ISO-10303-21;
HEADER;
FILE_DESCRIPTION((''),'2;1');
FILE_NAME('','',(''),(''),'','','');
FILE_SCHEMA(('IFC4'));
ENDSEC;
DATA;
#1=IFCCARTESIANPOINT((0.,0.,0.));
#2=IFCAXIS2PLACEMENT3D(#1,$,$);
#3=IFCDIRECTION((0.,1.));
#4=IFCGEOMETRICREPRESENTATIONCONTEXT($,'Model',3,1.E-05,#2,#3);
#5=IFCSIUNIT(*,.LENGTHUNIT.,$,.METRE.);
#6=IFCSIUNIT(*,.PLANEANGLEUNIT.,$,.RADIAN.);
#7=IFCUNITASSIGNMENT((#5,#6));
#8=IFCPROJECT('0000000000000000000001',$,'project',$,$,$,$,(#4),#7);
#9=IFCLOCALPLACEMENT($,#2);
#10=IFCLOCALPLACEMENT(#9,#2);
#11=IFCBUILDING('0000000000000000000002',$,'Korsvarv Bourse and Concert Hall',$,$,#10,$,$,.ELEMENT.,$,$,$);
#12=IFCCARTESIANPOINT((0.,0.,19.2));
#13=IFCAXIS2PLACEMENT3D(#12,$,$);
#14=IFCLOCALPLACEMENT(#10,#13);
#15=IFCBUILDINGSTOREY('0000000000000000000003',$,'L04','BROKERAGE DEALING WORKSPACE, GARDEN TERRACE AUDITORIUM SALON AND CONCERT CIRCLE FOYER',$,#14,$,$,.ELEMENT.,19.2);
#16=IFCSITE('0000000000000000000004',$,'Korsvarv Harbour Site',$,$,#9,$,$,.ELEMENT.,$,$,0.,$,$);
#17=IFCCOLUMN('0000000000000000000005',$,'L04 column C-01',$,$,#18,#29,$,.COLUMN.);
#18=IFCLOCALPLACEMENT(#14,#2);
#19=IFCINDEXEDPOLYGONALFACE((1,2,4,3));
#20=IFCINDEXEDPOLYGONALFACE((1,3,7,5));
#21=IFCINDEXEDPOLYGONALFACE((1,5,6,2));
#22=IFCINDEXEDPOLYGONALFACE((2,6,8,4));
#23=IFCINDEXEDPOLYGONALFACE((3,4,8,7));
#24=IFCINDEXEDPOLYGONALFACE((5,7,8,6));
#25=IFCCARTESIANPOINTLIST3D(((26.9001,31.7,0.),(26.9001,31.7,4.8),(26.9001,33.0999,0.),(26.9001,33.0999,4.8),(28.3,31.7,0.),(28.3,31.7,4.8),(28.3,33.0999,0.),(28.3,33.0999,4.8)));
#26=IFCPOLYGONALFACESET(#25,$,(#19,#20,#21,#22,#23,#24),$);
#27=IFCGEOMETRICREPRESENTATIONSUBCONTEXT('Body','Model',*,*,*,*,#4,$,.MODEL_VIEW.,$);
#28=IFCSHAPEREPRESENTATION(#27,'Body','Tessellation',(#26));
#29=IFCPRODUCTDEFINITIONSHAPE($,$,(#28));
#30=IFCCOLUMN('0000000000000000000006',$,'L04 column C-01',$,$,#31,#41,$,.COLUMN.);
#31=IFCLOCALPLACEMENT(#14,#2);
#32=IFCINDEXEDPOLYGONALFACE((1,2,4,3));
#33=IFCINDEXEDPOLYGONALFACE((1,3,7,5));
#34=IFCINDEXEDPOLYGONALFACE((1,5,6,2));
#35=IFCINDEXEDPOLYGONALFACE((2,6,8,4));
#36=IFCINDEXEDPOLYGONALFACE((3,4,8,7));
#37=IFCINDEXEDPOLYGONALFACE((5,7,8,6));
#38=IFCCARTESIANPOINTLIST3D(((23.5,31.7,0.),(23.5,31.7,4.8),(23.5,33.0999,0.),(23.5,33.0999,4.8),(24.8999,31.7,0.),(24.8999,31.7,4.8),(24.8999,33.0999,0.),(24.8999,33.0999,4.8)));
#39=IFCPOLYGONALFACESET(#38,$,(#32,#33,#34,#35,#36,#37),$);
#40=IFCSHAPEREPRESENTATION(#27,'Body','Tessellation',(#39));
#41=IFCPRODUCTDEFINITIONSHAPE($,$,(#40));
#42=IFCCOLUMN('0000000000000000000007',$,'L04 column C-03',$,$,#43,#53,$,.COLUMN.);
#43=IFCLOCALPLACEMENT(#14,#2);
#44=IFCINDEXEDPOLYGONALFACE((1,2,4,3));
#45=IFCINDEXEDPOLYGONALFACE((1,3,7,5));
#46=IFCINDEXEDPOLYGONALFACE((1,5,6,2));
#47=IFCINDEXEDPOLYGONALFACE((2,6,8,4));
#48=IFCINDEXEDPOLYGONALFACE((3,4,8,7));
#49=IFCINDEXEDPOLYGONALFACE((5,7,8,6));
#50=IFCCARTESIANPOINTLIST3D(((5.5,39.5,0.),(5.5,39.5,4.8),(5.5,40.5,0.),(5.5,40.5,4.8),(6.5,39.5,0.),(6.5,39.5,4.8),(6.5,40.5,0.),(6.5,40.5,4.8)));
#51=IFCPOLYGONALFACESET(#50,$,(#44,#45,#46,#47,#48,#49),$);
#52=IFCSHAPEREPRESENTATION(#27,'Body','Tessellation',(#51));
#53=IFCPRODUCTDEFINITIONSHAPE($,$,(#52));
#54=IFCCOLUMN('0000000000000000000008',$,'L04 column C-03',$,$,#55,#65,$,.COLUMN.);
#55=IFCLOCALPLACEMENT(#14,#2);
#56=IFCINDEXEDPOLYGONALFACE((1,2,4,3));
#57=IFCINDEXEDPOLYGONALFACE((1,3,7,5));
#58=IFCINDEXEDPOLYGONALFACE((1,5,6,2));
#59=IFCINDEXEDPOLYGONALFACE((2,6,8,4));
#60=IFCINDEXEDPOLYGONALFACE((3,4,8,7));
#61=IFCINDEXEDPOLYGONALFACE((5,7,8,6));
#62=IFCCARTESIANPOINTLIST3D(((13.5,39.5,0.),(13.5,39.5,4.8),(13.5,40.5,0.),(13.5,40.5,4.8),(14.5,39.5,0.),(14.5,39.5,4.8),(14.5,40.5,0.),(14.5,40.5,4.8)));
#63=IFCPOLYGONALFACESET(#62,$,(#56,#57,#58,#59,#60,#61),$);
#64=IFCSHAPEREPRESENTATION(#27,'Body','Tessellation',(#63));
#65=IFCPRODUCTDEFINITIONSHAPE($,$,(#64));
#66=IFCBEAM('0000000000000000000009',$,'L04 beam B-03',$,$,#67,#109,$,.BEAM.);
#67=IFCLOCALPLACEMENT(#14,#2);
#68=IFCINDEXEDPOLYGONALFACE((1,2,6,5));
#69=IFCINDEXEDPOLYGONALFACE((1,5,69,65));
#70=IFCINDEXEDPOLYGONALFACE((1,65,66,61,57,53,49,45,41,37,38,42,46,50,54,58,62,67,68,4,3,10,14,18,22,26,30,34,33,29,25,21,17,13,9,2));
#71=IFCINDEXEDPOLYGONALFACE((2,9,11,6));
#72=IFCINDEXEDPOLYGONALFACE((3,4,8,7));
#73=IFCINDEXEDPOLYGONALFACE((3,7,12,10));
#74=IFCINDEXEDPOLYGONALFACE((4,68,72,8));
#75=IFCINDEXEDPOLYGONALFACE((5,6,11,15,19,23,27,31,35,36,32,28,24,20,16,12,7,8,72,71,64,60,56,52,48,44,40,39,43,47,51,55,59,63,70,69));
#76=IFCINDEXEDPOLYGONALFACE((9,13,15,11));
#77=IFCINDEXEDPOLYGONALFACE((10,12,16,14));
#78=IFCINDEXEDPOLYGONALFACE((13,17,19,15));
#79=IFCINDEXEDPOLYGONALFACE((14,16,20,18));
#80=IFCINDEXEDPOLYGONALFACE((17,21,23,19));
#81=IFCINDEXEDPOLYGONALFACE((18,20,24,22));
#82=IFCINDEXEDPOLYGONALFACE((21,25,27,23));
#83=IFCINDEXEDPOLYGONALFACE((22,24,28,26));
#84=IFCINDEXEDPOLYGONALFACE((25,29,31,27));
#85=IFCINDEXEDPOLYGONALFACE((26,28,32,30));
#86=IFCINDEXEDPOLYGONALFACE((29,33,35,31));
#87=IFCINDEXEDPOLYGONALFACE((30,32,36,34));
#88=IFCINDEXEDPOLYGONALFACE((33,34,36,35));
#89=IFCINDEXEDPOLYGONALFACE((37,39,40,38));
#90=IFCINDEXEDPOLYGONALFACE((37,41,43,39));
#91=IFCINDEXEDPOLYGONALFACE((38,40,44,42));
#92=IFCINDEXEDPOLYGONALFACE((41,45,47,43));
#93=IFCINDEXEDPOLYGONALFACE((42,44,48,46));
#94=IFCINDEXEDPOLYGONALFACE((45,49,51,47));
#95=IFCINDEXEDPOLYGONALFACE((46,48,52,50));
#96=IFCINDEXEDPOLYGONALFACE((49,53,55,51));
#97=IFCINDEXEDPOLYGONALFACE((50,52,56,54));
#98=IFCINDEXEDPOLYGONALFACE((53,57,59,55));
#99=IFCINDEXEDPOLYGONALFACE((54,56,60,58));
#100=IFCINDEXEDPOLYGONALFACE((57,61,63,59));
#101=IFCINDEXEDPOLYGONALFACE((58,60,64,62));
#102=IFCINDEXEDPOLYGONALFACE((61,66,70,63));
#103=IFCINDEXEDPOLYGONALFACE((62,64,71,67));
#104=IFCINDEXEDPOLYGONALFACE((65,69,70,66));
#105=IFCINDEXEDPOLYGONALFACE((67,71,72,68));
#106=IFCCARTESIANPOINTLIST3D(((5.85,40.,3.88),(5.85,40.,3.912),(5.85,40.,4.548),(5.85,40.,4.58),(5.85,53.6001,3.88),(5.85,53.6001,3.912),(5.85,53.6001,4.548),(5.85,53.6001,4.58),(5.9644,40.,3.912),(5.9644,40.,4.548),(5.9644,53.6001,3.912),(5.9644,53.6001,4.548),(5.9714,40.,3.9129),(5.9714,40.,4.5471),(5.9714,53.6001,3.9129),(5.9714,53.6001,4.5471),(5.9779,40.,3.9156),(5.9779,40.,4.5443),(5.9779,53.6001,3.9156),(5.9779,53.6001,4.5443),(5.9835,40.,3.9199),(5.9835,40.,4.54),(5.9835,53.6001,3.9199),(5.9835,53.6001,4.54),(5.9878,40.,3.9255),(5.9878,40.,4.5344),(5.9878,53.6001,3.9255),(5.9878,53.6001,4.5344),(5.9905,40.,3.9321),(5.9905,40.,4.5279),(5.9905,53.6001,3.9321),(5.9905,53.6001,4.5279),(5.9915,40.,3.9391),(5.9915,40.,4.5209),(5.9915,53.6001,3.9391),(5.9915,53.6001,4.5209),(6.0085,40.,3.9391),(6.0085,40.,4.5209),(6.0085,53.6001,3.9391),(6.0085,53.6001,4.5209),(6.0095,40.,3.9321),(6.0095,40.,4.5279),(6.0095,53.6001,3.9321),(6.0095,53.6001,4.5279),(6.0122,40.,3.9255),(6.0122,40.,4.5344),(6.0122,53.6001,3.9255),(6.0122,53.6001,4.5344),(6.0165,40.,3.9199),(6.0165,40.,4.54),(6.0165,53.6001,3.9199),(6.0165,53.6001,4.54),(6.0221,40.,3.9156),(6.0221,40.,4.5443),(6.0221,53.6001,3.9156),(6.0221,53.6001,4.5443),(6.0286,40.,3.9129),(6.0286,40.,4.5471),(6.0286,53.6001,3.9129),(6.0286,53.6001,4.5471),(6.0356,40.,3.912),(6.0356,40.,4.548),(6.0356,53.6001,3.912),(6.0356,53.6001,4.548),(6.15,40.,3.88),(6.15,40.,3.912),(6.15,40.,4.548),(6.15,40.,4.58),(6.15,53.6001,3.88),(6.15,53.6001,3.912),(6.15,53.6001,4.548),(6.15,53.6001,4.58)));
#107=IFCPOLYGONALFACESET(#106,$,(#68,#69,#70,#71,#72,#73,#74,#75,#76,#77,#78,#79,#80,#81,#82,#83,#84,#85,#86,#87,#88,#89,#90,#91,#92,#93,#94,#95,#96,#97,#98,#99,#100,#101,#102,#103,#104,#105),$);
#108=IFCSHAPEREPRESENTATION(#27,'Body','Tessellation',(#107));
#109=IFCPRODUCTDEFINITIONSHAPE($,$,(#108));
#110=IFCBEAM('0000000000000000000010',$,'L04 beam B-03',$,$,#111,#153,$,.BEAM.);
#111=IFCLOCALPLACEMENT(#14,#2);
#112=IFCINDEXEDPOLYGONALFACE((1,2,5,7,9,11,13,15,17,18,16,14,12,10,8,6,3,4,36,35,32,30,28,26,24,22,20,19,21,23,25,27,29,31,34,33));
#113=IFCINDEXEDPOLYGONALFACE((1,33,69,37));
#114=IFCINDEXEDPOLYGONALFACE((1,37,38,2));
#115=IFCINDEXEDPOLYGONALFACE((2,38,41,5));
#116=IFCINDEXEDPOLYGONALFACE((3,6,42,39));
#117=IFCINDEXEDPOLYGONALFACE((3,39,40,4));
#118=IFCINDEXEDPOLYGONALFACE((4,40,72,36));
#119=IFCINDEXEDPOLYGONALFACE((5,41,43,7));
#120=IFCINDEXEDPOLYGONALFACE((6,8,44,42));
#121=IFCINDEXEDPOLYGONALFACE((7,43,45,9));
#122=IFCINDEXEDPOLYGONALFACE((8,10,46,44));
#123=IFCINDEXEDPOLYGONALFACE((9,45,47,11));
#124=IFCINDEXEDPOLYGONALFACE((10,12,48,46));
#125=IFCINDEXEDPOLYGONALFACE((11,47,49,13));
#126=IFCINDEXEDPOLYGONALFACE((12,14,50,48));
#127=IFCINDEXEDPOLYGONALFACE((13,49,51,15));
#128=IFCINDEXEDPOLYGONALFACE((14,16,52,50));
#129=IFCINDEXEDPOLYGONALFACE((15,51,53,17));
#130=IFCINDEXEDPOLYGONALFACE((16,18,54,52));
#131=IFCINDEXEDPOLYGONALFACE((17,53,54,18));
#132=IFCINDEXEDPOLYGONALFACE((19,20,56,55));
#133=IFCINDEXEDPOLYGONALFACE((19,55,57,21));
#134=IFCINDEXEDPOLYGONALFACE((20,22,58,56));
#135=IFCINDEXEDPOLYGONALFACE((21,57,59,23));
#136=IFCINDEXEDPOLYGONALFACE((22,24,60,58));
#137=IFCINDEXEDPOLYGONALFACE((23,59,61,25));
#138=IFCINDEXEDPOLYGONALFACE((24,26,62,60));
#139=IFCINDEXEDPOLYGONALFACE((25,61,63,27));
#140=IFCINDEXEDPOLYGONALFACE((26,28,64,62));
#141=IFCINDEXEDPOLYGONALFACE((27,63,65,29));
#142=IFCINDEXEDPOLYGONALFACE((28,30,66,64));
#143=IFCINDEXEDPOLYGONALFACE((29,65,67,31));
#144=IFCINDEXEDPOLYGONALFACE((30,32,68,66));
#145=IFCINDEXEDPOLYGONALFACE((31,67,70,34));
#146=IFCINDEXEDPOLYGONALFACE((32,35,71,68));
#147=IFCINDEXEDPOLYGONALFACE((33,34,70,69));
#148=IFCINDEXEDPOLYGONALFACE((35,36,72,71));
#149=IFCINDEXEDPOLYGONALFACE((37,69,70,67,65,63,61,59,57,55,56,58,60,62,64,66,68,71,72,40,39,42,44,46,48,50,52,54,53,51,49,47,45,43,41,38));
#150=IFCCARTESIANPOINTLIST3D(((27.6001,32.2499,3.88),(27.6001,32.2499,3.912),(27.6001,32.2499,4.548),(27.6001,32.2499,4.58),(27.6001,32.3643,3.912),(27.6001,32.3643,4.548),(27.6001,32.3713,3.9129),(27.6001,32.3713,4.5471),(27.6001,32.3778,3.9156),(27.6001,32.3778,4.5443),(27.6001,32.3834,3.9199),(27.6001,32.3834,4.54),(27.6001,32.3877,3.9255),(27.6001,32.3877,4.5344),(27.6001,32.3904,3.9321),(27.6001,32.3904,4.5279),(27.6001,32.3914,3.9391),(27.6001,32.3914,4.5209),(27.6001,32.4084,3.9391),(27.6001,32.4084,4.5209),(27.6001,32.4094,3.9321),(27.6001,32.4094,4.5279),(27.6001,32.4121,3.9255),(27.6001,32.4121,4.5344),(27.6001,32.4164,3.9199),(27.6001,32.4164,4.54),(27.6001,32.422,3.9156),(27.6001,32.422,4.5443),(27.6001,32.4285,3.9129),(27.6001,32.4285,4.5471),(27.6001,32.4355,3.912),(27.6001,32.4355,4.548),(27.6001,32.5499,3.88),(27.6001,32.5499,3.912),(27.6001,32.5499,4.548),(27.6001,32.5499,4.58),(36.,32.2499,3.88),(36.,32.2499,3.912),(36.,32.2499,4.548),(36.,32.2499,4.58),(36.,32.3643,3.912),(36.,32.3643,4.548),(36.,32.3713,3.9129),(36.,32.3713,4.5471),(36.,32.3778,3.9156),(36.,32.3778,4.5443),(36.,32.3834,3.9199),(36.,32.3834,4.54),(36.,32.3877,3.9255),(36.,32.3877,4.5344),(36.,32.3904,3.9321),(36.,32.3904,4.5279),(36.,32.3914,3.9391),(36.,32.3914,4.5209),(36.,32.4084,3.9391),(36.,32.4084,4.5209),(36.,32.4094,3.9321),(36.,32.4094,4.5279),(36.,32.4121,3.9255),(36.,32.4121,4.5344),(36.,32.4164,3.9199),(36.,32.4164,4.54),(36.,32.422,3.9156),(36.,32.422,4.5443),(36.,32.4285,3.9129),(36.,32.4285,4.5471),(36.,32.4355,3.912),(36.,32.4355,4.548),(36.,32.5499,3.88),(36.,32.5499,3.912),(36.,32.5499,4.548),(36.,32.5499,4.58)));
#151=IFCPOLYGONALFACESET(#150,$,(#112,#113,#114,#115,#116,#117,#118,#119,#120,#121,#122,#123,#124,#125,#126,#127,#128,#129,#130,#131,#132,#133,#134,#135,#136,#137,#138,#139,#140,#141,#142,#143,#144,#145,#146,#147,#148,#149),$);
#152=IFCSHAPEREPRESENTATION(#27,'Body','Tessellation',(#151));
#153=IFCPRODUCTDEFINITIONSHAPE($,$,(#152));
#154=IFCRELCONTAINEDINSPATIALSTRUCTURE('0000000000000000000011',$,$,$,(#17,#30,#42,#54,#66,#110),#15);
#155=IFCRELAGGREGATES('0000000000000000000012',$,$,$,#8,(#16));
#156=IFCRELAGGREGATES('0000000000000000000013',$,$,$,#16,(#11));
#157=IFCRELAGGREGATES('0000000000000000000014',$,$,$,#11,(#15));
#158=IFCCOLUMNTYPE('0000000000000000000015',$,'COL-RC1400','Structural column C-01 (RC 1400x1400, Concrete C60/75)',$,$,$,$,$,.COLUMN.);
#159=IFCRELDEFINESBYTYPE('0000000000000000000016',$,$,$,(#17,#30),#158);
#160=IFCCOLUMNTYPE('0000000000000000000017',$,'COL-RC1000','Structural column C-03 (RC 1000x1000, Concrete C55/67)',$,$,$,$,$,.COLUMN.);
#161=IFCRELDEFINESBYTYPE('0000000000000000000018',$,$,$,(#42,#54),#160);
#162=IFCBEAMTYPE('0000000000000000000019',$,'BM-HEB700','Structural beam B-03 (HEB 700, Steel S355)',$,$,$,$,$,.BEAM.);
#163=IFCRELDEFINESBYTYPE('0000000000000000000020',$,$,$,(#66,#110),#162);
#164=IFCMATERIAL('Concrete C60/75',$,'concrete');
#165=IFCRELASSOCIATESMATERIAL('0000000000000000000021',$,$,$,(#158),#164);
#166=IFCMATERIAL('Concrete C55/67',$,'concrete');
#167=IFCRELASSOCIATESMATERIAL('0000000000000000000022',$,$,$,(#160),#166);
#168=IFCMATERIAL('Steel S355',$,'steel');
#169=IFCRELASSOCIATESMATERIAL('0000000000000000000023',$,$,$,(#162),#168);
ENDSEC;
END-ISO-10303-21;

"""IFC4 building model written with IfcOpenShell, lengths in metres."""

from ifc_helpers import new_model, si_unit, direction, frame, origin, origin_2d, place, context, subcontext, project, spatial, rectangle, i_section, extrude, source, transform, mapped, material, material_profile, profile_set, type_object, element, save


model = new_model("IFC4")

# Units and contexts
model_context = context("Model", 3, precision=1e-05, world=origin(), true_north=direction((0.0, 1.0)))
body_context = subcontext(model_context, "Body", "Model", "MODEL_VIEW")
ifc_project = project(units=[si_unit("LENGTHUNIT", "METRE"), si_unit("PLANEANGLEUNIT", "RADIAN")], contexts=[model_context])

# Site, building, storey
site_placement = place(None, origin())
site = spatial("IfcSite", under=ifc_project, at=site_placement, Name="Korsvarv Harbour Site", CompositionType="ELEMENT", RefElevation=0.0)
building_placement = place(site_placement, origin())
building = spatial("IfcBuilding", under=site, at=building_placement, Name="Korsvarv Bourse and Concert Hall", CompositionType="ELEMENT")
storey_placement = place(building_placement, frame((0.0, 0.0, 19.2)))
storey = spatial("IfcBuildingStorey", under=building, at=storey_placement, Name="L04", Description="BROKERAGE DEALING WORKSPACE, GARDEN TERRACE AUDITORIUM SALON AND CONCERT CIRCLE FOYER", CompositionType="ELEMENT", Elevation=19.2)

# Columns
ifc_material_1 = material(Name="Concrete C60/75", Category="concrete")
ifc_material_profile_1 = material_profile(ifc_material_1, rectangle(XDim=1.3999, YDim=1.3999, at=origin_2d()), Name="RC 1400x1400")
ifc_profile_set_1 = profile_set([ifc_material_profile_1], Name="Concrete C60/75")
column_type_1 = type_object("IfcColumnType", Name="COL-RC1400", Description="Structural column C-01 (RC 1400x1400, Concrete C60/75)", PredefinedType="COLUMN", material=ifc_profile_set_1)
shared_shape_1 = source(origin(), body_context, "Body", "SweptSolid", [
    extrude(rectangle(XDim=1.3999, YDim=1.3999, at=origin_2d()), origin(), (0.0, 0.0, 1.0), 4.8),
])
for number, where, z_axis, x_axis, name in (
    (1, (27.6001, 32.3999, 0.0), (0.0, 0.0, 1.0), (1.0, 0.0, 0.0), "L04 column C-01"),
    (2, (24.2, 32.3999, 0.0), (0.0, 0.0, 1.0), (1.0, 0.0, 0.0), "L04 column C-01"),
):
    element("IfcColumn", number, at=place(storey_placement, frame(where, z_axis=z_axis, x_axis=x_axis)), inside=storey, type_object=column_type_1, Name=name, PredefinedType="COLUMN", context=body_context, shape_type="MappedRepresentation", body=[
        mapped(shared_shape_1, transform((0.0, 0.0, 0.0), scale=1.0)),
    ])
ifc_material_2 = material(Name="Concrete C55/67", Category="concrete")
ifc_material_profile_2 = material_profile(ifc_material_2, rectangle(XDim=1.0, YDim=1.0, at=origin_2d()), Name="RC 1000x1000")
ifc_profile_set_2 = profile_set([ifc_material_profile_2], Name="Concrete C55/67")
column_type_2 = type_object("IfcColumnType", Name="COL-RC1000", Description="Structural column C-03 (RC 1000x1000, Concrete C55/67)", PredefinedType="COLUMN", material=ifc_profile_set_2)
shared_shape_2 = source(origin(), body_context, "Body", "SweptSolid", [
    extrude(rectangle(XDim=1.0, YDim=1.0, at=origin_2d()), origin(), (0.0, 0.0, 1.0), 4.8),
])
for number, where, z_axis, x_axis, name in (
    (3, (6.0, 40.0, 0.0), (0.0, 0.0, 1.0), (1.0, 0.0, 0.0), "L04 column C-03"),
    (4, (14.0, 40.0, 0.0), (0.0, 0.0, 1.0), (1.0, 0.0, 0.0), "L04 column C-03"),
):
    element("IfcColumn", number, at=place(storey_placement, frame(where, z_axis=z_axis, x_axis=x_axis)), inside=storey, type_object=column_type_2, Name=name, PredefinedType="COLUMN", context=body_context, shape_type="MappedRepresentation", body=[
        mapped(shared_shape_2, transform((0.0, 0.0, 0.0), scale=1.0)),
    ])

# Beams
ifc_material_3 = material(Name="Steel S355", Category="steel")
ifc_material_profile_3 = material_profile(ifc_material_3, i_section(OverallWidth=0.3, OverallDepth=0.7, WebThickness=0.0171, FlangeThickness=0.032, FilletRadius=0.0271, at=origin_2d()), Name="HEB 700")
ifc_profile_set_3 = profile_set([ifc_material_profile_3], Name="Steel S355")
beam_type = type_object("IfcBeamType", Name="BM-HEB700", Description="Structural beam B-03 (HEB 700, Steel S355)", PredefinedType="BEAM", material=ifc_profile_set_3)
shared_shape_3 = source(origin(), body_context, "Body", "SweptSolid", [
    extrude(i_section(OverallWidth=0.3, OverallDepth=0.7, WebThickness=0.0171, FlangeThickness=0.032, FilletRadius=0.0271, at=origin_2d()), origin(), (0.0, 0.0, 1.0), 13.6001),
])
beam_1_placement = place(storey_placement, frame((6.0, 40.0, 4.23), z_axis=(0.0, 1.0, 0.0), x_axis=(-1.0, 0.0, 0.0)))
element("IfcBeam", 5, at=beam_1_placement, inside=storey, type_object=beam_type, Name="L04 beam B-03", PredefinedType="BEAM", context=body_context, shape_type="MappedRepresentation", body=[
    mapped(shared_shape_3, transform((0.0, 0.0, 0.0), scale=1.0)),
])
shared_shape_4 = source(origin(), body_context, "Body", "SweptSolid", [
    extrude(i_section(OverallWidth=0.3, OverallDepth=0.7, WebThickness=0.0171, FlangeThickness=0.032, FilletRadius=0.0271, at=origin_2d()), origin(), (0.0, 0.0, 1.0), 8.3999),
])
beam_2_placement = place(storey_placement, frame((27.6001, 32.3999, 4.23), z_axis=(1.0, 0.0, 0.0), x_axis=(0.0, 1.0, 0.0)))
element("IfcBeam", 6, at=beam_2_placement, inside=storey, type_object=beam_type, Name="L04 beam B-03", PredefinedType="BEAM", context=body_context, shape_type="MappedRepresentation", body=[
    mapped(shared_shape_4, transform((0.0, 0.0, 0.0), scale=1.0)),
])

save(model, "model.ifc")
